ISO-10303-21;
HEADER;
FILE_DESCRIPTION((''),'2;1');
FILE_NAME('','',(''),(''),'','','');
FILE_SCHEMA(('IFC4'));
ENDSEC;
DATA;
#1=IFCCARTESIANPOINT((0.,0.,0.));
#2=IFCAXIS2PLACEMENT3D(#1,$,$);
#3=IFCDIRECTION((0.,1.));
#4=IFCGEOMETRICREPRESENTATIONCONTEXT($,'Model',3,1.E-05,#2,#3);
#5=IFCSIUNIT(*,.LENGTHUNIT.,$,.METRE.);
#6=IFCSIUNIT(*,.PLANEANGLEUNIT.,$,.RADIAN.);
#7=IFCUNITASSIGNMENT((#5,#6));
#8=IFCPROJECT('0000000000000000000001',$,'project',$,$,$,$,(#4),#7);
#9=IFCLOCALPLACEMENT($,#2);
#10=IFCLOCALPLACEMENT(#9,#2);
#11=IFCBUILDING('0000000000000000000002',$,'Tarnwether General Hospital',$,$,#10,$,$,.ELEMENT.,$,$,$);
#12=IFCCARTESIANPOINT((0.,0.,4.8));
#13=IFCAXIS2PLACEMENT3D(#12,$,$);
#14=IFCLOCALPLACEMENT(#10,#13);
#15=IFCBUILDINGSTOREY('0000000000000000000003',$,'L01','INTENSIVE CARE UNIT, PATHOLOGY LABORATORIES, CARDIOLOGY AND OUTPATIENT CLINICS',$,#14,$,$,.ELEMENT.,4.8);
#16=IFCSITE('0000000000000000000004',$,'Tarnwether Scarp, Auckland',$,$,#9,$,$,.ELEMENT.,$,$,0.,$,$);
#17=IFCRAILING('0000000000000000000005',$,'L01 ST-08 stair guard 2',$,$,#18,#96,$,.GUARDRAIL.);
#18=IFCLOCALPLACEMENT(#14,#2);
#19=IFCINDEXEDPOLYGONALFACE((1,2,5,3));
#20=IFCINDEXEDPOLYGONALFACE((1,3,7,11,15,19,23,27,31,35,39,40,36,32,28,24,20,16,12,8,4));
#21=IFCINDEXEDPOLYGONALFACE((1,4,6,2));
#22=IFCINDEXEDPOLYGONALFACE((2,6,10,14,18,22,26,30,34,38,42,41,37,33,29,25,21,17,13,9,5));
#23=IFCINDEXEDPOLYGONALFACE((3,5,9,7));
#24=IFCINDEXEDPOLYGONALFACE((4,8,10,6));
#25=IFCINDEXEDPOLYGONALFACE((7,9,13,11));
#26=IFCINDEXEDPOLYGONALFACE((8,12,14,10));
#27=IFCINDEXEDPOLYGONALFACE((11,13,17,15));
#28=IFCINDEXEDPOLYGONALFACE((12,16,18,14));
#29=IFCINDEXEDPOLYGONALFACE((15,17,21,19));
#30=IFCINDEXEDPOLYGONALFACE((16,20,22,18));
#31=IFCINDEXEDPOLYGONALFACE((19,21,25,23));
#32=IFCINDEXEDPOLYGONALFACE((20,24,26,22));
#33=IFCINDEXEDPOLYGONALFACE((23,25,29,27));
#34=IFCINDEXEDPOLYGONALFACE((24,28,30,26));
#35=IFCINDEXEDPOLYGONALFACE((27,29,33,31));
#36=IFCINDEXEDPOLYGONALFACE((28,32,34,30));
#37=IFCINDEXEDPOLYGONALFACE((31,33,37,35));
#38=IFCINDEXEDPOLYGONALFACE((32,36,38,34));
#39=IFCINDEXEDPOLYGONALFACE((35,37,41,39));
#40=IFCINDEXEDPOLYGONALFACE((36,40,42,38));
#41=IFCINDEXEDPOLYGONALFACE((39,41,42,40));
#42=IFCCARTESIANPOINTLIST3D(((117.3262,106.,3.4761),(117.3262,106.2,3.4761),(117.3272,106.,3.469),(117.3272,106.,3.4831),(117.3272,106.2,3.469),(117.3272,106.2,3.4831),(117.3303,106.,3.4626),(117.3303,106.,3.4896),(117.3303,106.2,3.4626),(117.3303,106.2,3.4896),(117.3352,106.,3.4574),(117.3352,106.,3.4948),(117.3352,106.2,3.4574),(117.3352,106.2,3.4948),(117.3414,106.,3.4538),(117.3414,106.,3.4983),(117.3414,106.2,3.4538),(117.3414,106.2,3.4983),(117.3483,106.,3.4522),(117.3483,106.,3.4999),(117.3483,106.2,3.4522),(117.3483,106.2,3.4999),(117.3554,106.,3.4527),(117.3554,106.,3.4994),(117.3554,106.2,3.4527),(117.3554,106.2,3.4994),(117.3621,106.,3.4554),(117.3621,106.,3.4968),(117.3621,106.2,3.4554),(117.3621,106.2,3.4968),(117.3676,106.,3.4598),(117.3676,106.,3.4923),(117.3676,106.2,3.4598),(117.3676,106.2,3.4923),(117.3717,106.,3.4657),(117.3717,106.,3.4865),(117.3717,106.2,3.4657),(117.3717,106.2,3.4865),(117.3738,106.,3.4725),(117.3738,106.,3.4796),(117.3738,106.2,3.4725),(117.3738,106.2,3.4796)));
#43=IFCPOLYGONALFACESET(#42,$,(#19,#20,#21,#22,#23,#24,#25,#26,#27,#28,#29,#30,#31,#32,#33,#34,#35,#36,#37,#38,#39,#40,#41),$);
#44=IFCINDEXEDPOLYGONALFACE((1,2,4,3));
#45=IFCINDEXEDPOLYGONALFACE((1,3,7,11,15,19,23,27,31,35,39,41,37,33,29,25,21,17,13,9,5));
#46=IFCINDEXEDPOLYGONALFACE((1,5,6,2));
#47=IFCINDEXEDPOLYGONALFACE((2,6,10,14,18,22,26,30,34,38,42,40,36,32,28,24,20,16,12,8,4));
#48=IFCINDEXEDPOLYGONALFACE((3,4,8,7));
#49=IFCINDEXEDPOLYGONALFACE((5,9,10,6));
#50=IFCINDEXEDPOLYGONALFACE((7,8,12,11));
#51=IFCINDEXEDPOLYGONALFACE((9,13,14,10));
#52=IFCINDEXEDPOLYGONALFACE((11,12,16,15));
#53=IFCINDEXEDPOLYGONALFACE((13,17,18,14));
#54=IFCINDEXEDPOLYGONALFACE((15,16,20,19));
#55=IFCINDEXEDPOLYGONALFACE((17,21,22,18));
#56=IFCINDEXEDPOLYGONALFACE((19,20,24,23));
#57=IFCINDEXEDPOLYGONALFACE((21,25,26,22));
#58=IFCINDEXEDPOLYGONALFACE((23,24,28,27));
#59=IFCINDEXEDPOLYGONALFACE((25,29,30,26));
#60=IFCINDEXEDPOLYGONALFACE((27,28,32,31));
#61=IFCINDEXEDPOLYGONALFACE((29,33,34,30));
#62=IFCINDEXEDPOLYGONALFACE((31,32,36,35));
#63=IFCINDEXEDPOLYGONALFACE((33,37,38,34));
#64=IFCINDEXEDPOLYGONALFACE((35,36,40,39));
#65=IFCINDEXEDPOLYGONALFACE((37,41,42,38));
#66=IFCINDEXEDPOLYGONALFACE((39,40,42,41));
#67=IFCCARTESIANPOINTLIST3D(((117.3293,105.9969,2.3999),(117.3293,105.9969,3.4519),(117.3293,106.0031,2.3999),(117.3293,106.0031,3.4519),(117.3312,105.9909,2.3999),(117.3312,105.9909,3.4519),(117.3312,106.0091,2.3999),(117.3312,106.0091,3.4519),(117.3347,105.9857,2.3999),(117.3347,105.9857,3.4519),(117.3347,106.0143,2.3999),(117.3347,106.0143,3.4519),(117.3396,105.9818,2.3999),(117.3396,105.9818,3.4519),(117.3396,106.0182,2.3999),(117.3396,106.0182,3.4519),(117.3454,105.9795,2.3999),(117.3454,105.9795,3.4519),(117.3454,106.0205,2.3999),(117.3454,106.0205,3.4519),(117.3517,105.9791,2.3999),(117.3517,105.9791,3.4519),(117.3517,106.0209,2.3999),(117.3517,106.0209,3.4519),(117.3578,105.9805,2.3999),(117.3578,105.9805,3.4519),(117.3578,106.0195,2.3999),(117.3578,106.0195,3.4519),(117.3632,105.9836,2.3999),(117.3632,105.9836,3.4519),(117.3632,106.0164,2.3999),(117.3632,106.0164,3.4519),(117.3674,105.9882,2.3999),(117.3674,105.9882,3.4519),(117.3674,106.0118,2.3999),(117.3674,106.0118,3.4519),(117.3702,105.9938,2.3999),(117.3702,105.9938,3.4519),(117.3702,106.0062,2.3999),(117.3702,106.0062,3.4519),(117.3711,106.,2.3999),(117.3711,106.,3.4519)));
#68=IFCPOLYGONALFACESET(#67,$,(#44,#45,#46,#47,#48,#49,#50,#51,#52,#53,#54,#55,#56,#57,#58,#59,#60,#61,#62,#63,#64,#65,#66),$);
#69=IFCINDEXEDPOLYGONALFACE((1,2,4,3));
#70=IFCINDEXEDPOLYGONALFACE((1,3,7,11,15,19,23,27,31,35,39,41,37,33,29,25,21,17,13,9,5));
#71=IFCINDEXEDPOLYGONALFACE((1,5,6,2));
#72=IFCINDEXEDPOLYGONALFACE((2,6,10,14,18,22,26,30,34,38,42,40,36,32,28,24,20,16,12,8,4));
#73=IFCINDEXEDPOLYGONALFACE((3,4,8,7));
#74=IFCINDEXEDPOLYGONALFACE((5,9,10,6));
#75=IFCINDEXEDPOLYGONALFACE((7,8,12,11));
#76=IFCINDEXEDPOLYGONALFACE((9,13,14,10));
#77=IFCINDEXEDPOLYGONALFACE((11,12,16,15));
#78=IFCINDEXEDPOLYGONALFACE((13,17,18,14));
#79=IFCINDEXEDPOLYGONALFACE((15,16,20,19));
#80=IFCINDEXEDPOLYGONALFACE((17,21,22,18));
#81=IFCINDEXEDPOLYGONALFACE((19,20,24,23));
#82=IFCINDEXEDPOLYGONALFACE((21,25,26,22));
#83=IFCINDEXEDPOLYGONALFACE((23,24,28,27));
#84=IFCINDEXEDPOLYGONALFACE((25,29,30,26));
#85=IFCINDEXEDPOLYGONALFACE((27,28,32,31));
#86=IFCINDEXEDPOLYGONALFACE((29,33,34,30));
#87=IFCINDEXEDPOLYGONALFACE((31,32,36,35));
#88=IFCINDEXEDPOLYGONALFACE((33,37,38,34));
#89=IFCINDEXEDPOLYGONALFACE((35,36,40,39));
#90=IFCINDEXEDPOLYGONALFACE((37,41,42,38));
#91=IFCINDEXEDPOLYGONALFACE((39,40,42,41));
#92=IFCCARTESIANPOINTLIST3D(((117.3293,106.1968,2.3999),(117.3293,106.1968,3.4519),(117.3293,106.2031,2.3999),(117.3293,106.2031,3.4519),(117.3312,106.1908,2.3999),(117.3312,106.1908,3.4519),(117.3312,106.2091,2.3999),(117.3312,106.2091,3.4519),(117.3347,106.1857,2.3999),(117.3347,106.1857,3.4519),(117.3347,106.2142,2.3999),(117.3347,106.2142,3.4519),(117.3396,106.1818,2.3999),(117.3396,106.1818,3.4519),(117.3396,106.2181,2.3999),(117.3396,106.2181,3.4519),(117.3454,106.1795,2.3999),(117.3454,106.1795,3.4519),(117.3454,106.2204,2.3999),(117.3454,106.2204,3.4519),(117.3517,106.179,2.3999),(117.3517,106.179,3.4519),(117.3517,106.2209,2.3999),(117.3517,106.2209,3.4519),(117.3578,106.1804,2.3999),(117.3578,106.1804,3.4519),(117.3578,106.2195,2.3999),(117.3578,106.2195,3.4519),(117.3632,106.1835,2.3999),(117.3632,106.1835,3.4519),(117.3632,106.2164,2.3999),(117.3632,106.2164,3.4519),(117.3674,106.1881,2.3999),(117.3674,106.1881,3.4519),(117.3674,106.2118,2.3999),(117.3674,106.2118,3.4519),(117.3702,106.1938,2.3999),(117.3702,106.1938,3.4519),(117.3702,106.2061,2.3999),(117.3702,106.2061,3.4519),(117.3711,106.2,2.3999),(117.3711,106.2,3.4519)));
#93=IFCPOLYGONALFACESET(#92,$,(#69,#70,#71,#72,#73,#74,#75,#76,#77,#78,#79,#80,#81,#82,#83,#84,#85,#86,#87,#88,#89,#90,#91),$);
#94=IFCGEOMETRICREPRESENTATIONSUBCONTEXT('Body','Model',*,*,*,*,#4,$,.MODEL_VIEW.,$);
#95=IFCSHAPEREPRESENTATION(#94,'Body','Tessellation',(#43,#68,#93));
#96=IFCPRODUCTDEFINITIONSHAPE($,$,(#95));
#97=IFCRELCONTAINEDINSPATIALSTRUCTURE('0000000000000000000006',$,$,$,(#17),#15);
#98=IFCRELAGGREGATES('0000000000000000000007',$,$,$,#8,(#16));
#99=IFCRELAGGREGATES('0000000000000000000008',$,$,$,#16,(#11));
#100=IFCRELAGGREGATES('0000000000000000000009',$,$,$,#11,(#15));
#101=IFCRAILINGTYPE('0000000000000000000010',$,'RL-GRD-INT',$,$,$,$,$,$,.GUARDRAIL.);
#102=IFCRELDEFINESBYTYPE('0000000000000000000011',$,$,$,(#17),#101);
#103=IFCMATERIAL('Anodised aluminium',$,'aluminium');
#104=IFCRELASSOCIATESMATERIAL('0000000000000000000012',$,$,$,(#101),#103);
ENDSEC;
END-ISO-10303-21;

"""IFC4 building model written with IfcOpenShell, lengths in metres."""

from ifc_helpers import new_model, si_unit, direction, frame, origin, origin_2d, place, context, subcontext, project, spatial, circle, extrude, material, type_object, element, save


model = new_model("IFC4")

# Units and contexts
model_context = context("Model", 3, precision=1e-05, world=origin(), true_north=direction((0.0, 1.0)))
body_context = subcontext(model_context, "Body", "Model", "MODEL_VIEW")
ifc_project = project(units=[si_unit("LENGTHUNIT", "METRE"), si_unit("PLANEANGLEUNIT", "RADIAN")], contexts=[model_context])

# Site, building, storey
site_placement = place(None, origin())
site = spatial("IfcSite", under=ifc_project, at=site_placement, Name="Tarnwether Scarp, Auckland", CompositionType="ELEMENT", RefElevation=0.0)
building_placement = place(site_placement, origin())
building = spatial("IfcBuilding", under=site, at=building_placement, Name="Tarnwether General Hospital", CompositionType="ELEMENT")
storey_placement = place(building_placement, frame((0.0, 0.0, 4.8)))
storey = spatial("IfcBuildingStorey", under=building, at=storey_placement, Name="L01", Description="INTENSIVE CARE UNIT, PATHOLOGY LABORATORIES, CARDIOLOGY AND OUTPATIENT CLINICS", CompositionType="ELEMENT", Elevation=4.8)

# Railing
ifc_material_1 = material(Name="Anodised aluminium", Category="aluminium")
railing_type_1 = type_object("IfcRailingType", Name="RL-GRD-INT", PredefinedType="GUARDRAIL", material=ifc_material_1)
railing_1_placement = place(storey_placement, frame((117.3501, 106.0, 2.3999)))
element("IfcRailing", 1, at=railing_1_placement, inside=storey, type_object=railing_type_1, Name="L01 ST-08 stair guard 2", PredefinedType="GUARDRAIL", context=body_context, shape_type="SweptSolid", body=[
    extrude(circle(Radius=0.0239, at=origin_2d()), frame((0.0, 0.0, 1.0762), z_axis=(0.0, 1.0, 0.0), x_axis=(-1.0, 0.0, 0.0)), (0.0, 0.0, 1.0), 0.2),
    extrude(circle(Radius=0.021, at=origin_2d()), origin(), (0.0, 0.0, 1.0), 1.052),
    extrude(circle(Radius=0.021, at=origin_2d()), frame((0.0, 0.2, 0.0)), (0.0, 0.0, 1.0), 1.052),
])

save(model, "model.ifc")
